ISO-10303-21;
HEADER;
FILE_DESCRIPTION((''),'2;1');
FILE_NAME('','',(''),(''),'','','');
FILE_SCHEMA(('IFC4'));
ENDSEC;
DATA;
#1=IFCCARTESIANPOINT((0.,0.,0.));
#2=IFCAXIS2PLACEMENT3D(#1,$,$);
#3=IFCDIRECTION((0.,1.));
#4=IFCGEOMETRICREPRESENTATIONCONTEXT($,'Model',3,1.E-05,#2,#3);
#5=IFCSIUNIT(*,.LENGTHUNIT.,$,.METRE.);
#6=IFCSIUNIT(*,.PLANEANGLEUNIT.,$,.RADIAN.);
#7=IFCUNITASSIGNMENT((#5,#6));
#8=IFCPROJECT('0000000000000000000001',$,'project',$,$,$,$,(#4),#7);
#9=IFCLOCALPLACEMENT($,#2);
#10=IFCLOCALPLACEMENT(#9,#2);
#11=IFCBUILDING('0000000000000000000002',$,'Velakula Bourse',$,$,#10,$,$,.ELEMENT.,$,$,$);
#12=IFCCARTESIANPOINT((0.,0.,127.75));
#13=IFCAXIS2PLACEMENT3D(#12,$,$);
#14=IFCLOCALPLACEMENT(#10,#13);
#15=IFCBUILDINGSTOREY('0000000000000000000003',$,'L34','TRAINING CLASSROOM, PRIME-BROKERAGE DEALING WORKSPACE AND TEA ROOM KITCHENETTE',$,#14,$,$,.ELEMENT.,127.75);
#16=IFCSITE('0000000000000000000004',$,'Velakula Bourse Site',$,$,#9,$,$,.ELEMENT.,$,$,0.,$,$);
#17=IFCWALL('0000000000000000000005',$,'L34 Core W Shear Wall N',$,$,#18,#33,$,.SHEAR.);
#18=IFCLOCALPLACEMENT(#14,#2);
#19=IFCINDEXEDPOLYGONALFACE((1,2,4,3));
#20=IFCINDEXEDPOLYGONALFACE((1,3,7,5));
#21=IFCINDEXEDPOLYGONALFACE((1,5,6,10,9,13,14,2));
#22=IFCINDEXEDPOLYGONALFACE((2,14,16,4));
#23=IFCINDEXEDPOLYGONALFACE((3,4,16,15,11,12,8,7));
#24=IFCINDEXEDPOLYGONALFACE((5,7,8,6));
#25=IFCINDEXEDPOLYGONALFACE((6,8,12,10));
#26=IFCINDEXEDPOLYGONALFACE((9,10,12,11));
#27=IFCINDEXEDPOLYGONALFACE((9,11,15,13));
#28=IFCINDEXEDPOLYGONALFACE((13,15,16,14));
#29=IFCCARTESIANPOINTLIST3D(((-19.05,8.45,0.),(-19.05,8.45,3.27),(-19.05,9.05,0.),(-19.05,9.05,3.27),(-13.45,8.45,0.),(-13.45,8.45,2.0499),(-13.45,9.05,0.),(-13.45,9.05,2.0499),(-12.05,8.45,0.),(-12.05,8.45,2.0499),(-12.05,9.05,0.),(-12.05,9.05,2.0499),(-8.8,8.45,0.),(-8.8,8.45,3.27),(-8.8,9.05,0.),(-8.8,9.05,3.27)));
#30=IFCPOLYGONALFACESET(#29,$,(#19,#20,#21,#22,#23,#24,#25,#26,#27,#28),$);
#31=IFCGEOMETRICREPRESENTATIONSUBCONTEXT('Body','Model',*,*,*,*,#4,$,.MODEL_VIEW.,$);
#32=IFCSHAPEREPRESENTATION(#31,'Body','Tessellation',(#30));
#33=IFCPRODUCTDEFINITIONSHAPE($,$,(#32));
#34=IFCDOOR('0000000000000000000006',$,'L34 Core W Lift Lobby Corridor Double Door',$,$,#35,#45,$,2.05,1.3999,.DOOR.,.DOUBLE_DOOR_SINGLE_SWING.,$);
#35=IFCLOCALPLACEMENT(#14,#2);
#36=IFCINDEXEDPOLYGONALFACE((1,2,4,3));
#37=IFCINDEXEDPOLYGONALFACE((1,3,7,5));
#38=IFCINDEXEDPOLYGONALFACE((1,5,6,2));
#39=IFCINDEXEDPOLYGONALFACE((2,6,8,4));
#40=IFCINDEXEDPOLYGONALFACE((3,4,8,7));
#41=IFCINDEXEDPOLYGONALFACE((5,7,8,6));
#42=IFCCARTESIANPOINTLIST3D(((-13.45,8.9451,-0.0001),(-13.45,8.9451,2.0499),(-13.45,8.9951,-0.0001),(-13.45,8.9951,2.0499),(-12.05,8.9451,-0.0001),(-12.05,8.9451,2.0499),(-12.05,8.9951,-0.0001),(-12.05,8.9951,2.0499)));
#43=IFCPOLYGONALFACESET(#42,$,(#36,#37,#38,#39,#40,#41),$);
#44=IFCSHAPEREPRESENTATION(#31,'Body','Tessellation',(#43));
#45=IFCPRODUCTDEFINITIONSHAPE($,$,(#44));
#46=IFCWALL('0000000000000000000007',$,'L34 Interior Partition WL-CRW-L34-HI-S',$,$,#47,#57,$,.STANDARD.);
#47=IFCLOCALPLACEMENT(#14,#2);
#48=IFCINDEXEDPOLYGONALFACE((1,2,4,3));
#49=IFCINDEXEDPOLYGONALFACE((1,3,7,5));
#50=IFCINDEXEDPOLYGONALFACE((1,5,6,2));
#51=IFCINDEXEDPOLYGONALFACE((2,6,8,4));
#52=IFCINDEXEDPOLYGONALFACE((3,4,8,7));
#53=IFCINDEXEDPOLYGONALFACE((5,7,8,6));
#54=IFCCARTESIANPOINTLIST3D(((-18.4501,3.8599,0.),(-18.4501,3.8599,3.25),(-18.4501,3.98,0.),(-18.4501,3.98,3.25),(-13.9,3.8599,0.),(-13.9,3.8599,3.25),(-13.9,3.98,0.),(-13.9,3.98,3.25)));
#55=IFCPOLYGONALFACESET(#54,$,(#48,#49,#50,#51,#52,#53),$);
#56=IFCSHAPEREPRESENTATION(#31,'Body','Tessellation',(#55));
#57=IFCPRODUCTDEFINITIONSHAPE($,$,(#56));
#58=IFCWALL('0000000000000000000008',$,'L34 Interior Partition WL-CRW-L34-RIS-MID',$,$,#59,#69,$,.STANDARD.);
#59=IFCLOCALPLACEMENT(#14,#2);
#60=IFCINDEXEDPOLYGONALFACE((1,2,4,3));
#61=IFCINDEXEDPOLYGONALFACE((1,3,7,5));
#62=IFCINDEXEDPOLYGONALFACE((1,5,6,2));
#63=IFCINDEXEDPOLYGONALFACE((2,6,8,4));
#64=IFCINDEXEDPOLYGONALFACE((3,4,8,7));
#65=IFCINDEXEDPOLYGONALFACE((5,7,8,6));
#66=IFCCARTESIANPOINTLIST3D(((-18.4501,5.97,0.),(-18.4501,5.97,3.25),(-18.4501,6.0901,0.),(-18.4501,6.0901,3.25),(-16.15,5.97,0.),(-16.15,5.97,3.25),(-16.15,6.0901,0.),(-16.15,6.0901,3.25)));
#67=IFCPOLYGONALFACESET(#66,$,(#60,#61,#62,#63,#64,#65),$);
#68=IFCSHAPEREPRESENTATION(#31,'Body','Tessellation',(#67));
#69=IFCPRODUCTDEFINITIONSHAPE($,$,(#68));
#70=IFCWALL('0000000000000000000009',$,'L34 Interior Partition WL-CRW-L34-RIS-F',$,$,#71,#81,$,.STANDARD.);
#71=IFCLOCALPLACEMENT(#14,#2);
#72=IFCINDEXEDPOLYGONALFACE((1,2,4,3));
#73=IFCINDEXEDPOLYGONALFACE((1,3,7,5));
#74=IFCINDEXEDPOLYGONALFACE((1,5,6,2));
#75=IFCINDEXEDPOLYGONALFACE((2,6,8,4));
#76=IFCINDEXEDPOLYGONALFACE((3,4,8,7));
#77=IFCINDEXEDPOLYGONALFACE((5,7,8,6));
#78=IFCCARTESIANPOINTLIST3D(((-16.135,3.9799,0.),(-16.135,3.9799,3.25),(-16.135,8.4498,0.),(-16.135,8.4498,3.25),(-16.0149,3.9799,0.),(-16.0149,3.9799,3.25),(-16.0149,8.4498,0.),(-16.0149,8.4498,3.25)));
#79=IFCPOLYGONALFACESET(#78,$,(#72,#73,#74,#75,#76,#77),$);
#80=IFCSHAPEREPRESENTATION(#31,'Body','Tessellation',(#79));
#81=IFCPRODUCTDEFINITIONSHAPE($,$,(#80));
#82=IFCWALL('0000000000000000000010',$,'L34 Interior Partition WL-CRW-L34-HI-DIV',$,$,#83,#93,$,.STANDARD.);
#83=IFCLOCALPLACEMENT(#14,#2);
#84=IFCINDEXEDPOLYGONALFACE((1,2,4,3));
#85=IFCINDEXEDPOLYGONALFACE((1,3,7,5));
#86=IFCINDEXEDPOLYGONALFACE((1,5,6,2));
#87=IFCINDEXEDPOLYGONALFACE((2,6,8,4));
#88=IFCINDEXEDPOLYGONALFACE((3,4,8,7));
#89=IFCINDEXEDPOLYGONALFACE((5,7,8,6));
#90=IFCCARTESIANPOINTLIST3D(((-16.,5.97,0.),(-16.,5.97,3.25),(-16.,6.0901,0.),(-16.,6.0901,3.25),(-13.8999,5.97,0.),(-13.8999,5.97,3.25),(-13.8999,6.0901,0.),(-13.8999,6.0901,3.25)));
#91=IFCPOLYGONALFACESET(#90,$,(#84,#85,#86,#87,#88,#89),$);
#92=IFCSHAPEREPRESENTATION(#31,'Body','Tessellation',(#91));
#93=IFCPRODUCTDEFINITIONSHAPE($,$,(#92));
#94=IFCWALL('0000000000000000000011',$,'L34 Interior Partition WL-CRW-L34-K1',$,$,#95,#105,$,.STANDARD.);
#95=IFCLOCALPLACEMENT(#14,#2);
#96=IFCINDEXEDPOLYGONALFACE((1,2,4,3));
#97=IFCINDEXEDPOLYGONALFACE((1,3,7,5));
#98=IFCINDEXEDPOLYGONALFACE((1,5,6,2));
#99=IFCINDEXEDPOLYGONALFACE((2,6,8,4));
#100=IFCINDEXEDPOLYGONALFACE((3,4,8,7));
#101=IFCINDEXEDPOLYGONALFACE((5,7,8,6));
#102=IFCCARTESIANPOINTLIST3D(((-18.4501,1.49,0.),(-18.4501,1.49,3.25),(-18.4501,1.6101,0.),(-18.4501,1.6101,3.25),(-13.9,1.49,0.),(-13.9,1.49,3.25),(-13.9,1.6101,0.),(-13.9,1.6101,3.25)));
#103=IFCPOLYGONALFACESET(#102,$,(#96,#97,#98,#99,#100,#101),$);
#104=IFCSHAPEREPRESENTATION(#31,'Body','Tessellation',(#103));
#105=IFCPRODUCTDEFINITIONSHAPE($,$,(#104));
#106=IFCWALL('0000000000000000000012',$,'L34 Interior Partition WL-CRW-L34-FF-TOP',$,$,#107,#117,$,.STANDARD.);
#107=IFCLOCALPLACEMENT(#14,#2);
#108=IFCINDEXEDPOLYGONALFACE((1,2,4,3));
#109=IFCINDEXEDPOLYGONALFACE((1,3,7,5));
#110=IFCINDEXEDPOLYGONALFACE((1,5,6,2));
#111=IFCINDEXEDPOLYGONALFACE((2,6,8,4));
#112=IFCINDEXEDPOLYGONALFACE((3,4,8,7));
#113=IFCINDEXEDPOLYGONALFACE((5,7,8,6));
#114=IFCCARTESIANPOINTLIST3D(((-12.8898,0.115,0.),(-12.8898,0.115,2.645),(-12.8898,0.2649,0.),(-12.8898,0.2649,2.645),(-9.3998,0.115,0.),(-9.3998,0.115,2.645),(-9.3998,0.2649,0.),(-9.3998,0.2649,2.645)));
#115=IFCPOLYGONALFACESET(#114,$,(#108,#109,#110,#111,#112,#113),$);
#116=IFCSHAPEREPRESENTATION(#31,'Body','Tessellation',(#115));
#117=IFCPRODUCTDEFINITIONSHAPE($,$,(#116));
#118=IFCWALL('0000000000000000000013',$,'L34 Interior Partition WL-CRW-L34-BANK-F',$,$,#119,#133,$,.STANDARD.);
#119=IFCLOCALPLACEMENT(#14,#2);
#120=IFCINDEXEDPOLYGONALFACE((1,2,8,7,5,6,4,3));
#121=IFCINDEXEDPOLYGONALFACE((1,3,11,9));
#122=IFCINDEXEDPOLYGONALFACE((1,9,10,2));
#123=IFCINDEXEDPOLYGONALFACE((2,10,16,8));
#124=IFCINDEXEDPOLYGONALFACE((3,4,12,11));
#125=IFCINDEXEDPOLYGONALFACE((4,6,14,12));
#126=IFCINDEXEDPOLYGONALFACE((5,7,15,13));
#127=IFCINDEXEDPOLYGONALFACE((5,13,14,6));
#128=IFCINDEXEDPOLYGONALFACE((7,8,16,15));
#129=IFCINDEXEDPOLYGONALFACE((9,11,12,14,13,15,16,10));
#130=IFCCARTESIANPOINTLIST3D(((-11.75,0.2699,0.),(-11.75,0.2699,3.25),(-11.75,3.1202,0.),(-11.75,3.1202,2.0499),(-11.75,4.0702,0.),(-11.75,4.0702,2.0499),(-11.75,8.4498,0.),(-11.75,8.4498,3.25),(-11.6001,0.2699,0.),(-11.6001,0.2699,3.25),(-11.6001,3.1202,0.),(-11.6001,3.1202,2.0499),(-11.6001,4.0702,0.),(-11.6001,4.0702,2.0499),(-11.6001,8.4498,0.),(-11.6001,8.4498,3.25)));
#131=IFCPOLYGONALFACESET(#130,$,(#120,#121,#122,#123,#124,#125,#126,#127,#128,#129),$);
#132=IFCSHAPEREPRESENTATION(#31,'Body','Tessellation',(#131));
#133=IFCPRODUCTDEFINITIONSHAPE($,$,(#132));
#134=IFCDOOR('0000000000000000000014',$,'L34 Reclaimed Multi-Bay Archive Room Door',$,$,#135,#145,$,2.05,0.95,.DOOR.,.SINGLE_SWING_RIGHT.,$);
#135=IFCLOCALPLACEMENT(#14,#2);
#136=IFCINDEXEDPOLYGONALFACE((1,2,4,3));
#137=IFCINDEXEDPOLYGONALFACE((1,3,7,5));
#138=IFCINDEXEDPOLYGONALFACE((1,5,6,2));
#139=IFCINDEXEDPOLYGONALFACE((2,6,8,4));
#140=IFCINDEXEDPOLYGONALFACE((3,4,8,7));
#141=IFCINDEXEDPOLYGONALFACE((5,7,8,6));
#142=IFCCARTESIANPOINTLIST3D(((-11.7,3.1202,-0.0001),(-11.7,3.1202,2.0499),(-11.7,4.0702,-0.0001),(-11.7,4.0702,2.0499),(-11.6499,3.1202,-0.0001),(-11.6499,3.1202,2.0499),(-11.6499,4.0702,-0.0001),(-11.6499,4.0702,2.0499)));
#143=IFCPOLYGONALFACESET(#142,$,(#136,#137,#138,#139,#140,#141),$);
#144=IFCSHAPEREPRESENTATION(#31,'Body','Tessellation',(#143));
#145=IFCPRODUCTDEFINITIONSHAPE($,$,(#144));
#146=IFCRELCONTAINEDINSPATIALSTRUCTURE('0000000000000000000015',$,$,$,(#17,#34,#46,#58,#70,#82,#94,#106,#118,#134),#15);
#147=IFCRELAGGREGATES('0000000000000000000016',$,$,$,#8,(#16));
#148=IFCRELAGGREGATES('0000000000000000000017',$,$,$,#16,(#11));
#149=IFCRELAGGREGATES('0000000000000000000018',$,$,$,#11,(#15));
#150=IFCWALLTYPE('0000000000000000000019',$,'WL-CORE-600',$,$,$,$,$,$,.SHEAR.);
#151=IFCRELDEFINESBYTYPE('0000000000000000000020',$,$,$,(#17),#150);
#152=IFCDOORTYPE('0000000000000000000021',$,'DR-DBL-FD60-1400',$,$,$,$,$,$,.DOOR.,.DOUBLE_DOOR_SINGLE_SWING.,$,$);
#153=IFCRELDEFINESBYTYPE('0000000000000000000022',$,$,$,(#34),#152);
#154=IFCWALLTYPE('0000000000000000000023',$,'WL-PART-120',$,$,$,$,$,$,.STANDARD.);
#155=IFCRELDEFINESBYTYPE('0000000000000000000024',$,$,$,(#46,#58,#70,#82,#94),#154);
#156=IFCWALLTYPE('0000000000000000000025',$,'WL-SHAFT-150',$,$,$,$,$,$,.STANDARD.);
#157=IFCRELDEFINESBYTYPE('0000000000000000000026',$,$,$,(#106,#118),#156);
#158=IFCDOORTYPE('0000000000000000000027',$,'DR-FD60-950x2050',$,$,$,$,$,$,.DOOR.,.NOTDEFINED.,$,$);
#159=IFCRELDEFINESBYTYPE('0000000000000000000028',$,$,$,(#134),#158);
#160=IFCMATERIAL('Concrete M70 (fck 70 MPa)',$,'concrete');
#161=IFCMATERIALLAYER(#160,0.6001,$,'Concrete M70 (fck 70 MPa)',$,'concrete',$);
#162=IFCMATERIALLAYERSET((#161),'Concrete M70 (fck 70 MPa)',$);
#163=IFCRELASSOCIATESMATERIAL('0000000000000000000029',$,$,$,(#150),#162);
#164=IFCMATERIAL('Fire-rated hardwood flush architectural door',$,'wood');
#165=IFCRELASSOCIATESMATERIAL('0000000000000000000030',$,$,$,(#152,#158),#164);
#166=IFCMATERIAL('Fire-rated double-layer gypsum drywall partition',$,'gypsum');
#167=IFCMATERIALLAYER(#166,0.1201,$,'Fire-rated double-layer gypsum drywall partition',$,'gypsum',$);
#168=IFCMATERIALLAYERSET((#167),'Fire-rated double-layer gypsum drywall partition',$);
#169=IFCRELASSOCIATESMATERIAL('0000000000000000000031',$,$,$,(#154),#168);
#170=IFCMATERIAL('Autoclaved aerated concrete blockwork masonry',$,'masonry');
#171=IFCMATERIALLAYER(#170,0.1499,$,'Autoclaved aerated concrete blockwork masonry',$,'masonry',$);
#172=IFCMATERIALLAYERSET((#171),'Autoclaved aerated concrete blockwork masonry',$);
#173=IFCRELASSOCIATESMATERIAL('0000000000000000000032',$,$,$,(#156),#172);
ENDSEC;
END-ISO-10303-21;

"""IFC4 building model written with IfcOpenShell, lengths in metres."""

from ifc_helpers import new_model, si_unit, direction, frame, frame_2d, origin, place, context, subcontext, project, spatial, rectangle, extrude, material, layer, layer_set, type_object, element, fill, save


model = new_model("IFC4")

# Units and contexts
model_context = context("Model", 3, precision=1e-05, world=origin(), true_north=direction((0.0, 1.0)))
body_context = subcontext(model_context, "Body", "Model", "MODEL_VIEW")
ifc_project = project(units=[si_unit("LENGTHUNIT", "METRE"), si_unit("PLANEANGLEUNIT", "RADIAN")], contexts=[model_context])

# Site, building, storey
site_placement = place(None, origin())
site = spatial("IfcSite", under=ifc_project, at=site_placement, Name="Velakula Bourse Site", CompositionType="ELEMENT", RefElevation=0.0)
building_placement = place(site_placement, origin())
building = spatial("IfcBuilding", under=site, at=building_placement, Name="Velakula Bourse", CompositionType="ELEMENT")
storey_placement = place(building_placement, frame((0.0, 0.0, 127.75)))
storey = spatial("IfcBuildingStorey", under=building, at=storey_placement, Name="L34", Description="TRAINING CLASSROOM, PRIME-BROKERAGE DEALING WORKSPACE AND TEA ROOM KITCHENETTE", CompositionType="ELEMENT", Elevation=127.75)

# Shared definitions
ifc_material_1 = material(Name="Concrete M70 (fck 70 MPa)", Category="concrete")

# Wall, opening, door
ifc_layer_1 = layer(ifc_material_1, 0.6001, Name="Concrete M70 (fck 70 MPa)", Category="concrete")
ifc_layer_set_1 = layer_set([ifc_layer_1], Name="Concrete M70 (fck 70 MPa)")
wall_type_1 = type_object("IfcWallType", Name="WL-CORE-600", PredefinedType="SHEAR", material=ifc_layer_set_1)
wall_1_placement = place(storey_placement, frame((-19.05, 8.75, 0.0), z_axis=(0.0, 0.0, 1.0), x_axis=(1.0, 0.0, 0.0)))
wall_1 = element("IfcWall", 1, at=wall_1_placement, inside=storey, type_object=wall_type_1, Name="L34 Core W Shear Wall N", PredefinedType="SHEAR", context=body_context, shape_type="SweptSolid", body=[
    extrude(rectangle(XDim=10.25, YDim=0.6001, at=frame_2d((5.125, 0.0))), origin(), (0.0, 0.0, 1.0), 3.27),
])
opening_1_placement = place(wall_1_placement, frame((5.6001, 0.0, 0.0)))
opening_1 = element("IfcOpeningElement", 2, at=opening_1_placement, cuts=wall_1, PredefinedType="OPENING", context=body_context, shape_type="SweptSolid", body=[
    extrude(rectangle(XDim=1.3999, YDim=2.05, at=frame_2d((0.7, 1.0249))), frame((0.0, 0.3101, 0.0), z_axis=(0.0, -1.0, 0.0), x_axis=(1.0, 0.0, 0.0)), (0.0, 0.0, 1.0), 0.6201),
])
ifc_material_2 = material(Name="Fire-rated hardwood flush architectural door", Category="wood")
door_type_1 = type_object("IfcDoorType", Name="DR-DBL-FD60-1400", OperationType="DOUBLE_DOOR_SINGLE_SWING", PredefinedType="DOOR", material=ifc_material_2)
door_1_placement = place(opening_1_placement, origin())
door_1 = element("IfcDoor", 3, at=door_1_placement, inside=storey, type_object=door_type_1, Name="L34 Core W Lift Lobby Corridor Double Door", OperationType="DOUBLE_DOOR_SINGLE_SWING", OverallHeight=2.05, OverallWidth=1.3999, PredefinedType="DOOR", context=body_context, shape_type="SweptSolid", body=[
    extrude(rectangle(XDim=1.3999, YDim=2.05, at=frame_2d((0.7, 1.0249))), frame((0.0, 0.2451, 0.0), z_axis=(0.0, -1.0, 0.0), x_axis=(1.0, 0.0, 0.0)), (0.0, 0.0, 1.0), 0.05),
])
fill(opening_1, door_1)

# Walls
ifc_material_3 = material(Name="Fire-rated double-layer gypsum drywall partition", Category="gypsum")
ifc_layer_2 = layer(ifc_material_3, 0.1201, Name="Fire-rated double-layer gypsum drywall partition", Category="gypsum")
ifc_layer_set_2 = layer_set([ifc_layer_2], Name="Fire-rated double-layer gypsum drywall partition")
wall_type_2 = type_object("IfcWallType", Name="WL-PART-120", PredefinedType="STANDARD", material=ifc_layer_set_2)
wall_2_placement = place(storey_placement, frame((-18.45, 3.9199, 0.0), z_axis=(0.0, 0.0, 1.0), x_axis=(1.0, 0.0, 0.0)))
element("IfcWall", 4, at=wall_2_placement, inside=storey, type_object=wall_type_2, Name="L34 Interior Partition WL-CRW-L34-HI-S", PredefinedType="STANDARD", context=body_context, shape_type="SweptSolid", body=[
    extrude(rectangle(XDim=4.55, YDim=0.1201, at=frame_2d((2.2749, 0.0))), origin(), (0.0, 0.0, 1.0), 3.25),
])
wall_3_placement = place(storey_placement, frame((-18.45, 6.03, 0.0), z_axis=(0.0, 0.0, 1.0), x_axis=(1.0, 0.0, 0.0)))
element("IfcWall", 5, at=wall_3_placement, inside=storey, type_object=wall_type_2, Name="L34 Interior Partition WL-CRW-L34-RIS-MID", PredefinedType="STANDARD", context=body_context, shape_type="SweptSolid", body=[
    extrude(rectangle(XDim=2.3, YDim=0.1201, at=frame_2d((1.1499, 0.0))), origin(), (0.0, 0.0, 1.0), 3.25),
])
wall_4_placement = place(storey_placement, frame((-16.075, 3.98, 0.0), z_axis=(0.0, 0.0, 1.0), x_axis=(0.0, 1.0, 0.0)))
element("IfcWall", 6, at=wall_4_placement, inside=storey, type_object=wall_type_2, Name="L34 Interior Partition WL-CRW-L34-RIS-F", PredefinedType="STANDARD", context=body_context, shape_type="SweptSolid", body=[
    extrude(rectangle(XDim=4.47, YDim=0.1201, at=frame_2d((2.2349, 0.0))), origin(), (0.0, 0.0, 1.0), 3.25),
])
wall_5_placement = place(storey_placement, frame((-16.0, 6.03, 0.0), z_axis=(0.0, 0.0, 1.0), x_axis=(1.0, 0.0, 0.0)))
element("IfcWall", 7, at=wall_5_placement, inside=storey, type_object=wall_type_2, Name="L34 Interior Partition WL-CRW-L34-HI-DIV", PredefinedType="STANDARD", context=body_context, shape_type="SweptSolid", body=[
    extrude(rectangle(XDim=2.1001, YDim=0.1201, at=frame_2d((1.05, 0.0))), origin(), (0.0, 0.0, 1.0), 3.25),
])
wall_6_placement = place(storey_placement, frame((-18.45, 1.55, 0.0), z_axis=(0.0, 0.0, 1.0), x_axis=(1.0, 0.0, 0.0)))
element("IfcWall", 8, at=wall_6_placement, inside=storey, type_object=wall_type_2, Name="L34 Interior Partition WL-CRW-L34-K1", PredefinedType="STANDARD", context=body_context, shape_type="SweptSolid", body=[
    extrude(rectangle(XDim=4.55, YDim=0.1201, at=frame_2d((2.2749, 0.0))), origin(), (0.0, 0.0, 1.0), 3.25),
])
ifc_material_4 = material(Name="Autoclaved aerated concrete blockwork masonry", Category="masonry")
ifc_layer_3 = layer(ifc_material_4, 0.1499, Name="Autoclaved aerated concrete blockwork masonry", Category="masonry")
ifc_layer_set_3 = layer_set([ifc_layer_3], Name="Autoclaved aerated concrete blockwork masonry")
wall_type_3 = type_object("IfcWallType", Name="WL-SHAFT-150", PredefinedType="STANDARD", material=ifc_layer_set_3)
wall_7_placement = place(storey_placement, frame((-12.8899, 0.1899, 0.0), z_axis=(0.0, 0.0, 1.0), x_axis=(1.0, 0.0, 0.0)))
element("IfcWall", 9, at=wall_7_placement, inside=storey, type_object=wall_type_3, Name="L34 Interior Partition WL-CRW-L34-FF-TOP", PredefinedType="STANDARD", context=body_context, shape_type="SweptSolid", body=[
    extrude(rectangle(XDim=3.49, YDim=0.1499, at=frame_2d((1.7451, 0.0))), origin(), (0.0, 0.0, 1.0), 2.645),
])

# Wall, opening, door
wall_8_placement = place(storey_placement, frame((-11.675, 0.27, 0.0), z_axis=(0.0, 0.0, 1.0), x_axis=(0.0, 1.0, 0.0)))
wall_8 = element("IfcWall", 10, at=wall_8_placement, inside=storey, type_object=wall_type_3, Name="L34 Interior Partition WL-CRW-L34-BANK-F", PredefinedType="STANDARD", context=body_context, shape_type="SweptSolid", body=[
    extrude(rectangle(XDim=8.1799, YDim=0.1499, at=frame_2d((4.0898, 0.0))), origin(), (0.0, 0.0, 1.0), 3.25),
])
opening_2_placement = place(wall_8_placement, frame((2.8501, 0.0, 0.0)))
opening_2 = element("IfcOpeningElement", 11, at=opening_2_placement, cuts=wall_8, PredefinedType="OPENING", context=body_context, shape_type="SweptSolid", body=[
    extrude(rectangle(XDim=0.95, YDim=2.05, at=frame_2d((0.4751, 1.0249))), frame((0.0, 0.085, 0.0), z_axis=(0.0, -1.0, 0.0), x_axis=(1.0, 0.0, 0.0)), (0.0, 0.0, 1.0), 0.1699),
])
door_type_2 = type_object("IfcDoorType", Name="DR-FD60-950x2050", OperationType="NOTDEFINED", PredefinedType="DOOR", material=ifc_material_2)
door_2_placement = place(opening_2_placement, origin())
door_2 = element("IfcDoor", 12, at=door_2_placement, inside=storey, type_object=door_type_2, Name="L34 Reclaimed Multi-Bay Archive Room Door", OperationType="SINGLE_SWING_RIGHT", OverallHeight=2.05, OverallWidth=0.95, PredefinedType="DOOR", context=body_context, shape_type="SweptSolid", body=[
    extrude(rectangle(XDim=0.95, YDim=2.05, at=frame_2d((0.4751, 1.0249))), frame((0.0, 0.0249, 0.0), z_axis=(0.0, -1.0, 0.0), x_axis=(1.0, 0.0, 0.0)), (0.0, 0.0, 1.0), 0.05),
])
fill(opening_2, door_2)

save(model, "model.ifc")
